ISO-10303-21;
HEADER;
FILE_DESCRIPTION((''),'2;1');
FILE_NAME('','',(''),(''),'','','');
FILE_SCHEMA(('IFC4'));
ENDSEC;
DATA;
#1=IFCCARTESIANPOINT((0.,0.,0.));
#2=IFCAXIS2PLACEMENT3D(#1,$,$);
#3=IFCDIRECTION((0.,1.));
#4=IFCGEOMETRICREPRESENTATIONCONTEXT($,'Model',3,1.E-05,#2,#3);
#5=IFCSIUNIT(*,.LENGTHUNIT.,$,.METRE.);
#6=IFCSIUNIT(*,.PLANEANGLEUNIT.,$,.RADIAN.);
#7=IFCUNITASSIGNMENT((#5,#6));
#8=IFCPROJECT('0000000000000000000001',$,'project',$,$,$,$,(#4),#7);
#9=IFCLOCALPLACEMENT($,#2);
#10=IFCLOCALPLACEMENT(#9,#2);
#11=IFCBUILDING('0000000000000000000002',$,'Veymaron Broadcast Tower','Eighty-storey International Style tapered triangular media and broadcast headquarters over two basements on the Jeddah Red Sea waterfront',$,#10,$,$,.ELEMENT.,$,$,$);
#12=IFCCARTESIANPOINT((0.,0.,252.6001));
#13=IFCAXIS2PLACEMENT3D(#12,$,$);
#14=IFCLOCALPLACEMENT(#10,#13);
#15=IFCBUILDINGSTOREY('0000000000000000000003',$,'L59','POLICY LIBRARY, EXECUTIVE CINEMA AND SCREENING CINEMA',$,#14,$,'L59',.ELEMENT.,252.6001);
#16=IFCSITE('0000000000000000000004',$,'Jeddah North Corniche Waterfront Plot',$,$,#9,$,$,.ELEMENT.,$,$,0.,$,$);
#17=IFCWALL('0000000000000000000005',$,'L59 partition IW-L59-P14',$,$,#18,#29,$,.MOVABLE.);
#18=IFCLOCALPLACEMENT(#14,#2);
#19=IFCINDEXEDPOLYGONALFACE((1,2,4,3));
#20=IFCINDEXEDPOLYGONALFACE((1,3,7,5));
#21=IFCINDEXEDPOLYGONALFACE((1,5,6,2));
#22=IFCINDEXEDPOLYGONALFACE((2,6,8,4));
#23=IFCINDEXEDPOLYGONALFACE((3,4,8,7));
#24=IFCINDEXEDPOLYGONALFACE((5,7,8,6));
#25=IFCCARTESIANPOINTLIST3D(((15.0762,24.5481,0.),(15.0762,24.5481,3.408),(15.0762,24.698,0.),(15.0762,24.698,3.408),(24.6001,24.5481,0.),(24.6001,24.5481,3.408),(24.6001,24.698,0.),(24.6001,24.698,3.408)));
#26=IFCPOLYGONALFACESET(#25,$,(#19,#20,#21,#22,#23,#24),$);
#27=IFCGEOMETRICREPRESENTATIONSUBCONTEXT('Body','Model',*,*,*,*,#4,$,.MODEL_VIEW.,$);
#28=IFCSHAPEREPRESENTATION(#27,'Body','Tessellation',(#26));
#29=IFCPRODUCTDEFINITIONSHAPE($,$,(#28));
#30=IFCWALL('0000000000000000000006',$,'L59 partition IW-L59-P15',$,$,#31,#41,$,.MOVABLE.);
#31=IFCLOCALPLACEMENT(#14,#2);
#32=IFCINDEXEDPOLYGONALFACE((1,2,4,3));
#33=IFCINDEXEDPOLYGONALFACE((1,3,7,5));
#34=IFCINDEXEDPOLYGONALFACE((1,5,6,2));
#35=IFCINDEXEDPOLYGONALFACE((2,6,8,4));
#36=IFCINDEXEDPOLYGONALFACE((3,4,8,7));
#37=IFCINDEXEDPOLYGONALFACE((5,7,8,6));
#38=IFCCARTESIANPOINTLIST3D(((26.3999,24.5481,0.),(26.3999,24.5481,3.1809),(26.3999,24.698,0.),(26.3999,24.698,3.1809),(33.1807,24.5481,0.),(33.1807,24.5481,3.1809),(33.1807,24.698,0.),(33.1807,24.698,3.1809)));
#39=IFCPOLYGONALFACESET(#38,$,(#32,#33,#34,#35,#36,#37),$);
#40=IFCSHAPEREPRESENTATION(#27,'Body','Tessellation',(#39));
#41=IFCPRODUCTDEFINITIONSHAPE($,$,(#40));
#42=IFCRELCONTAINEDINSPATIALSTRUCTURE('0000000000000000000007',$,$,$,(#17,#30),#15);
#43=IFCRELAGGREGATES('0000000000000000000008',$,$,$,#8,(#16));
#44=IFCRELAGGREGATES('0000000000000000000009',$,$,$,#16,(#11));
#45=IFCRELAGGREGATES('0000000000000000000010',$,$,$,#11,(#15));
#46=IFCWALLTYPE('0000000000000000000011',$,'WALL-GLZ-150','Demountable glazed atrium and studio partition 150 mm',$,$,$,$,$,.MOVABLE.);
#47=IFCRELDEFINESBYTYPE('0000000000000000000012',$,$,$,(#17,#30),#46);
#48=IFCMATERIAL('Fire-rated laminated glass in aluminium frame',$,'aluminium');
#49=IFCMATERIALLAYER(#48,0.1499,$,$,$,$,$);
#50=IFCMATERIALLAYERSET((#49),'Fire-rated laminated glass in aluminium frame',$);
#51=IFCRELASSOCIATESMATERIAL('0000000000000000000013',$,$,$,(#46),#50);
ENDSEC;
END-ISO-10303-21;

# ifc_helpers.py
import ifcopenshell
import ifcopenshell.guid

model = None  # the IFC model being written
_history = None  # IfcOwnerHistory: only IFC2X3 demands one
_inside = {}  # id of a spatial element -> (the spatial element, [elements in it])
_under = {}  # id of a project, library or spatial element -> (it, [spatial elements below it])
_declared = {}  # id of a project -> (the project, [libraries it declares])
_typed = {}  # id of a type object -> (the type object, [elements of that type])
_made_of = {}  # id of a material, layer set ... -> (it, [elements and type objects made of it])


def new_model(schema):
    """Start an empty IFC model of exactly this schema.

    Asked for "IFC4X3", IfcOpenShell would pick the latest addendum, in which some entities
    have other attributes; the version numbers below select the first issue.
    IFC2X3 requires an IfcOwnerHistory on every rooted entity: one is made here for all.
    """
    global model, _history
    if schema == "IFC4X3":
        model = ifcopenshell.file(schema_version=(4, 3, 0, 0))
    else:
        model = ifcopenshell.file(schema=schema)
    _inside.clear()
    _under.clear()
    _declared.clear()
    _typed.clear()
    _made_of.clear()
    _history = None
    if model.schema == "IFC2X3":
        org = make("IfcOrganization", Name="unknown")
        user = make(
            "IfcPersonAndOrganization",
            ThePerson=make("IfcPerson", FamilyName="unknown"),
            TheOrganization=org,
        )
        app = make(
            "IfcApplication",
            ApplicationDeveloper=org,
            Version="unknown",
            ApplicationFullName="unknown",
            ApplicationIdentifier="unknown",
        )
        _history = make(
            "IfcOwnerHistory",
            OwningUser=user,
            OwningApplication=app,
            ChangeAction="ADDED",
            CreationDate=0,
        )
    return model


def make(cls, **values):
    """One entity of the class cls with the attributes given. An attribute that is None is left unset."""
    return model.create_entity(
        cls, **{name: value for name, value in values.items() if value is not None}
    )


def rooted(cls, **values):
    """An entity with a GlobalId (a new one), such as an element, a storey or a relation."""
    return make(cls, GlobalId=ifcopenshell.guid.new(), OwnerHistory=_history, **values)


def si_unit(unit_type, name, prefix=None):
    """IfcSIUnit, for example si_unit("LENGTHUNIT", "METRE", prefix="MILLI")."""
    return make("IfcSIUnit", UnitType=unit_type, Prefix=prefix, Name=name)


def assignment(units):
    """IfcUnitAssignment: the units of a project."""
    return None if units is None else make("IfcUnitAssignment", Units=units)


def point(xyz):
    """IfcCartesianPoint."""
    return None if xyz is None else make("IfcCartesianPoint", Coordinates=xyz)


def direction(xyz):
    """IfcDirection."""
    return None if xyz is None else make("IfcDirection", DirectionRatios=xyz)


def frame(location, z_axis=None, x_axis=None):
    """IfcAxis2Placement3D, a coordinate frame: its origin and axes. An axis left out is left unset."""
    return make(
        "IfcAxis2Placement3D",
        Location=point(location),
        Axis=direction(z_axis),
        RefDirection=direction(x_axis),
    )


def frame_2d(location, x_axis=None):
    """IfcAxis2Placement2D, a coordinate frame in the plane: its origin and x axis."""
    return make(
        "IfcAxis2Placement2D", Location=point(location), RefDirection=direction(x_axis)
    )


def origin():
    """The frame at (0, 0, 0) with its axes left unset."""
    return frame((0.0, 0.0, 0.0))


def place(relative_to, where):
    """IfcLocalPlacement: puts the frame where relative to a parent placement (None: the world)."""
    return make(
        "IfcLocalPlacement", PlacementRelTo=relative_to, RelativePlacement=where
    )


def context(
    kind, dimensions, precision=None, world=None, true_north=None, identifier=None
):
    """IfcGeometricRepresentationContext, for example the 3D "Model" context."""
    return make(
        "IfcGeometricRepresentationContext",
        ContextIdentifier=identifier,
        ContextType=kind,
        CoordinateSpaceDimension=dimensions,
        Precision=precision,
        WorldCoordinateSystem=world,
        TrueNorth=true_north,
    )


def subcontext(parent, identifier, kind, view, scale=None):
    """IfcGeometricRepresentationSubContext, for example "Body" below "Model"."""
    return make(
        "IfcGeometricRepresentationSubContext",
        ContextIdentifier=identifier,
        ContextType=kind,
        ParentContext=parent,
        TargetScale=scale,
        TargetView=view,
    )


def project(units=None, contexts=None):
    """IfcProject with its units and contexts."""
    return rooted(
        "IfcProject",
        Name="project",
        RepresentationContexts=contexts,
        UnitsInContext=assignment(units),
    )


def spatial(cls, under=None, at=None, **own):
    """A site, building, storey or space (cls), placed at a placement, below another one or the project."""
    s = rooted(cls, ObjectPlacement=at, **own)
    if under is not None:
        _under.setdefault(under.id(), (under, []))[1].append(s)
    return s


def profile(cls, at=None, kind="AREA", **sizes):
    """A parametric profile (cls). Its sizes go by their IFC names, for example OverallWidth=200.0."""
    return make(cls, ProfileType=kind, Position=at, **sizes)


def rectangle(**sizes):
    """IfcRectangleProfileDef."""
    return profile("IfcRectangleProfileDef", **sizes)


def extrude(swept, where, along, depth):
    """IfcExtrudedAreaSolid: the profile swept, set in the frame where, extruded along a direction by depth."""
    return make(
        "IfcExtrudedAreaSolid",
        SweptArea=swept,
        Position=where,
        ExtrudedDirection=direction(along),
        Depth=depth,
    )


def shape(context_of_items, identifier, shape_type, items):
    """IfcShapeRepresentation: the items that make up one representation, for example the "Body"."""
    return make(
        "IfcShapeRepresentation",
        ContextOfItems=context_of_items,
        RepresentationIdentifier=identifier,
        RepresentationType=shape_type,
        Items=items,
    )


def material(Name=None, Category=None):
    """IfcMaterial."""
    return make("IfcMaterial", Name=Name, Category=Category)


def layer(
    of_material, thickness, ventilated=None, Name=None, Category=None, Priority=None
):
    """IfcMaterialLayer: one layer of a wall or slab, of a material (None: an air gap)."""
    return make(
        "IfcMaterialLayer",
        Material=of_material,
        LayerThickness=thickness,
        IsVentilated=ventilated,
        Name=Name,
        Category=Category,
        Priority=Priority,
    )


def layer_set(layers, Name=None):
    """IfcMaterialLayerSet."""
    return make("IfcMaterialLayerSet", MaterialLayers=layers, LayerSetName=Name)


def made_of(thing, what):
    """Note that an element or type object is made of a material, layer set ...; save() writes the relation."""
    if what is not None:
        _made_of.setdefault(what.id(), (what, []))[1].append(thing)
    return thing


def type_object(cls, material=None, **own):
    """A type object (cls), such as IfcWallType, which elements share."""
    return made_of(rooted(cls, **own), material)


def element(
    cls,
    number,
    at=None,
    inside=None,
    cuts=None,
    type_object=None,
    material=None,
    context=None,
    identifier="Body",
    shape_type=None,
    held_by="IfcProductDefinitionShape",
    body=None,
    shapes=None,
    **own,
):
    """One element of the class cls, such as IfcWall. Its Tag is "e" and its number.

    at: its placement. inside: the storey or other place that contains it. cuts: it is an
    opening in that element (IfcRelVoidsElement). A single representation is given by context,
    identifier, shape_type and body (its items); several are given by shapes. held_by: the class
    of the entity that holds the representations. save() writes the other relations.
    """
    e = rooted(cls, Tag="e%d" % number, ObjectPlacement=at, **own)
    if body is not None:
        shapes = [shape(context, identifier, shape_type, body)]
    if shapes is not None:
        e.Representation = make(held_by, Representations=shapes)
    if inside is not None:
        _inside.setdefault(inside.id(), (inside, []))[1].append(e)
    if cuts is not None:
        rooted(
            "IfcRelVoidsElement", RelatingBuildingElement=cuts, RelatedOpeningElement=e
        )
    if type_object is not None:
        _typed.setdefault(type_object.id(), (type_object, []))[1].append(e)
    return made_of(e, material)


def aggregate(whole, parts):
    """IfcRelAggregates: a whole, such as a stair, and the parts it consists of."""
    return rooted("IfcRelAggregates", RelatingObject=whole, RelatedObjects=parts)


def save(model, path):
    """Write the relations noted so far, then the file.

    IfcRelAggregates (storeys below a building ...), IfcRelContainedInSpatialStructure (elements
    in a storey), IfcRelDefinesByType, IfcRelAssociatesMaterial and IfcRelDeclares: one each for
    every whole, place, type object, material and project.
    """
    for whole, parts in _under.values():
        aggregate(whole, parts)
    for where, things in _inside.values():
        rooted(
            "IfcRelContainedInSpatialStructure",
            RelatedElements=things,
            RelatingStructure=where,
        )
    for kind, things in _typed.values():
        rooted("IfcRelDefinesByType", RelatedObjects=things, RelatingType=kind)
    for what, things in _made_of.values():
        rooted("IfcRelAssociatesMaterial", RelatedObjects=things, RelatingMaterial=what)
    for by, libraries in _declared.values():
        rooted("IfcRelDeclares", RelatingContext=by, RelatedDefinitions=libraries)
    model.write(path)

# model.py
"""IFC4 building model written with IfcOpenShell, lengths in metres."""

from ifc_helpers import new_model, si_unit, direction, frame, frame_2d, origin, place, context, subcontext, project, spatial, rectangle, extrude, material, layer, layer_set, type_object, element, save


model = new_model("IFC4")

# Units and contexts
model_context = context("Model", 3, precision=1e-05, world=origin(), true_north=direction((0.0, 1.0)))
body_context = subcontext(model_context, "Body", "Model", "MODEL_VIEW")
ifc_project = project(units=[si_unit("LENGTHUNIT", "METRE"), si_unit("PLANEANGLEUNIT", "RADIAN")], contexts=[model_context])

# Site, building, storey
site_placement = place(None, origin())
site = spatial("IfcSite", under=ifc_project, at=site_placement, Name="Jeddah North Corniche Waterfront Plot", CompositionType="ELEMENT", RefElevation=0.0)
building_placement = place(site_placement, origin())
building = spatial("IfcBuilding", under=site, at=building_placement, Name="Veymaron Broadcast Tower", Description="Eighty-storey International Style tapered triangular media and broadcast headquarters over two basements on the Jeddah Red Sea waterfront", CompositionType="ELEMENT")
storey_placement = place(building_placement, frame((0.0, 0.0, 252.6001)))
storey = spatial("IfcBuildingStorey", under=building, at=storey_placement, Name="L59", Description="POLICY LIBRARY, EXECUTIVE CINEMA AND SCREENING CINEMA", LongName="L59", CompositionType="ELEMENT", Elevation=252.6001)

# Walls
ifc_material_1 = material(Name="Fire-rated laminated glass in aluminium frame", Category="aluminium")
ifc_layer_1 = layer(ifc_material_1, 0.1499)
ifc_layer_set_1 = layer_set([ifc_layer_1], Name="Fire-rated laminated glass in aluminium frame")
wall_type_1 = type_object("IfcWallType", Name="WALL-GLZ-150", Description="Demountable glazed atrium and studio partition 150 mm", PredefinedType="MOVABLE", material=ifc_layer_set_1)
wall_1_placement = place(storey_placement, frame((15.0762, 24.623, 0.0), z_axis=(0.0, 0.0, 1.0), x_axis=(1.0, 0.0, 0.0)))
element("IfcWall", 1, at=wall_1_placement, inside=storey, type_object=wall_type_1, Name="L59 partition IW-L59-P14", PredefinedType="MOVABLE", context=body_context, shape_type="SweptSolid", body=[
    extrude(rectangle(XDim=9.5239, YDim=0.1499, at=frame_2d((4.762, 0.0))), origin(), (0.0, 0.0, 1.0), 3.408),
])
wall_2_placement = place(storey_placement, frame((26.3999, 24.623, 0.0), z_axis=(0.0, 0.0, 1.0), x_axis=(1.0, 0.0, 0.0)))
element("IfcWall", 2, at=wall_2_placement, inside=storey, type_object=wall_type_1, Name="L59 partition IW-L59-P15", PredefinedType="MOVABLE", context=body_context, shape_type="SweptSolid", body=[
    extrude(rectangle(XDim=6.7808, YDim=0.1499, at=frame_2d((3.3904, 0.0))), origin(), (0.0, 0.0, 1.0), 3.1809),
])

save(model, "model.ifc")
